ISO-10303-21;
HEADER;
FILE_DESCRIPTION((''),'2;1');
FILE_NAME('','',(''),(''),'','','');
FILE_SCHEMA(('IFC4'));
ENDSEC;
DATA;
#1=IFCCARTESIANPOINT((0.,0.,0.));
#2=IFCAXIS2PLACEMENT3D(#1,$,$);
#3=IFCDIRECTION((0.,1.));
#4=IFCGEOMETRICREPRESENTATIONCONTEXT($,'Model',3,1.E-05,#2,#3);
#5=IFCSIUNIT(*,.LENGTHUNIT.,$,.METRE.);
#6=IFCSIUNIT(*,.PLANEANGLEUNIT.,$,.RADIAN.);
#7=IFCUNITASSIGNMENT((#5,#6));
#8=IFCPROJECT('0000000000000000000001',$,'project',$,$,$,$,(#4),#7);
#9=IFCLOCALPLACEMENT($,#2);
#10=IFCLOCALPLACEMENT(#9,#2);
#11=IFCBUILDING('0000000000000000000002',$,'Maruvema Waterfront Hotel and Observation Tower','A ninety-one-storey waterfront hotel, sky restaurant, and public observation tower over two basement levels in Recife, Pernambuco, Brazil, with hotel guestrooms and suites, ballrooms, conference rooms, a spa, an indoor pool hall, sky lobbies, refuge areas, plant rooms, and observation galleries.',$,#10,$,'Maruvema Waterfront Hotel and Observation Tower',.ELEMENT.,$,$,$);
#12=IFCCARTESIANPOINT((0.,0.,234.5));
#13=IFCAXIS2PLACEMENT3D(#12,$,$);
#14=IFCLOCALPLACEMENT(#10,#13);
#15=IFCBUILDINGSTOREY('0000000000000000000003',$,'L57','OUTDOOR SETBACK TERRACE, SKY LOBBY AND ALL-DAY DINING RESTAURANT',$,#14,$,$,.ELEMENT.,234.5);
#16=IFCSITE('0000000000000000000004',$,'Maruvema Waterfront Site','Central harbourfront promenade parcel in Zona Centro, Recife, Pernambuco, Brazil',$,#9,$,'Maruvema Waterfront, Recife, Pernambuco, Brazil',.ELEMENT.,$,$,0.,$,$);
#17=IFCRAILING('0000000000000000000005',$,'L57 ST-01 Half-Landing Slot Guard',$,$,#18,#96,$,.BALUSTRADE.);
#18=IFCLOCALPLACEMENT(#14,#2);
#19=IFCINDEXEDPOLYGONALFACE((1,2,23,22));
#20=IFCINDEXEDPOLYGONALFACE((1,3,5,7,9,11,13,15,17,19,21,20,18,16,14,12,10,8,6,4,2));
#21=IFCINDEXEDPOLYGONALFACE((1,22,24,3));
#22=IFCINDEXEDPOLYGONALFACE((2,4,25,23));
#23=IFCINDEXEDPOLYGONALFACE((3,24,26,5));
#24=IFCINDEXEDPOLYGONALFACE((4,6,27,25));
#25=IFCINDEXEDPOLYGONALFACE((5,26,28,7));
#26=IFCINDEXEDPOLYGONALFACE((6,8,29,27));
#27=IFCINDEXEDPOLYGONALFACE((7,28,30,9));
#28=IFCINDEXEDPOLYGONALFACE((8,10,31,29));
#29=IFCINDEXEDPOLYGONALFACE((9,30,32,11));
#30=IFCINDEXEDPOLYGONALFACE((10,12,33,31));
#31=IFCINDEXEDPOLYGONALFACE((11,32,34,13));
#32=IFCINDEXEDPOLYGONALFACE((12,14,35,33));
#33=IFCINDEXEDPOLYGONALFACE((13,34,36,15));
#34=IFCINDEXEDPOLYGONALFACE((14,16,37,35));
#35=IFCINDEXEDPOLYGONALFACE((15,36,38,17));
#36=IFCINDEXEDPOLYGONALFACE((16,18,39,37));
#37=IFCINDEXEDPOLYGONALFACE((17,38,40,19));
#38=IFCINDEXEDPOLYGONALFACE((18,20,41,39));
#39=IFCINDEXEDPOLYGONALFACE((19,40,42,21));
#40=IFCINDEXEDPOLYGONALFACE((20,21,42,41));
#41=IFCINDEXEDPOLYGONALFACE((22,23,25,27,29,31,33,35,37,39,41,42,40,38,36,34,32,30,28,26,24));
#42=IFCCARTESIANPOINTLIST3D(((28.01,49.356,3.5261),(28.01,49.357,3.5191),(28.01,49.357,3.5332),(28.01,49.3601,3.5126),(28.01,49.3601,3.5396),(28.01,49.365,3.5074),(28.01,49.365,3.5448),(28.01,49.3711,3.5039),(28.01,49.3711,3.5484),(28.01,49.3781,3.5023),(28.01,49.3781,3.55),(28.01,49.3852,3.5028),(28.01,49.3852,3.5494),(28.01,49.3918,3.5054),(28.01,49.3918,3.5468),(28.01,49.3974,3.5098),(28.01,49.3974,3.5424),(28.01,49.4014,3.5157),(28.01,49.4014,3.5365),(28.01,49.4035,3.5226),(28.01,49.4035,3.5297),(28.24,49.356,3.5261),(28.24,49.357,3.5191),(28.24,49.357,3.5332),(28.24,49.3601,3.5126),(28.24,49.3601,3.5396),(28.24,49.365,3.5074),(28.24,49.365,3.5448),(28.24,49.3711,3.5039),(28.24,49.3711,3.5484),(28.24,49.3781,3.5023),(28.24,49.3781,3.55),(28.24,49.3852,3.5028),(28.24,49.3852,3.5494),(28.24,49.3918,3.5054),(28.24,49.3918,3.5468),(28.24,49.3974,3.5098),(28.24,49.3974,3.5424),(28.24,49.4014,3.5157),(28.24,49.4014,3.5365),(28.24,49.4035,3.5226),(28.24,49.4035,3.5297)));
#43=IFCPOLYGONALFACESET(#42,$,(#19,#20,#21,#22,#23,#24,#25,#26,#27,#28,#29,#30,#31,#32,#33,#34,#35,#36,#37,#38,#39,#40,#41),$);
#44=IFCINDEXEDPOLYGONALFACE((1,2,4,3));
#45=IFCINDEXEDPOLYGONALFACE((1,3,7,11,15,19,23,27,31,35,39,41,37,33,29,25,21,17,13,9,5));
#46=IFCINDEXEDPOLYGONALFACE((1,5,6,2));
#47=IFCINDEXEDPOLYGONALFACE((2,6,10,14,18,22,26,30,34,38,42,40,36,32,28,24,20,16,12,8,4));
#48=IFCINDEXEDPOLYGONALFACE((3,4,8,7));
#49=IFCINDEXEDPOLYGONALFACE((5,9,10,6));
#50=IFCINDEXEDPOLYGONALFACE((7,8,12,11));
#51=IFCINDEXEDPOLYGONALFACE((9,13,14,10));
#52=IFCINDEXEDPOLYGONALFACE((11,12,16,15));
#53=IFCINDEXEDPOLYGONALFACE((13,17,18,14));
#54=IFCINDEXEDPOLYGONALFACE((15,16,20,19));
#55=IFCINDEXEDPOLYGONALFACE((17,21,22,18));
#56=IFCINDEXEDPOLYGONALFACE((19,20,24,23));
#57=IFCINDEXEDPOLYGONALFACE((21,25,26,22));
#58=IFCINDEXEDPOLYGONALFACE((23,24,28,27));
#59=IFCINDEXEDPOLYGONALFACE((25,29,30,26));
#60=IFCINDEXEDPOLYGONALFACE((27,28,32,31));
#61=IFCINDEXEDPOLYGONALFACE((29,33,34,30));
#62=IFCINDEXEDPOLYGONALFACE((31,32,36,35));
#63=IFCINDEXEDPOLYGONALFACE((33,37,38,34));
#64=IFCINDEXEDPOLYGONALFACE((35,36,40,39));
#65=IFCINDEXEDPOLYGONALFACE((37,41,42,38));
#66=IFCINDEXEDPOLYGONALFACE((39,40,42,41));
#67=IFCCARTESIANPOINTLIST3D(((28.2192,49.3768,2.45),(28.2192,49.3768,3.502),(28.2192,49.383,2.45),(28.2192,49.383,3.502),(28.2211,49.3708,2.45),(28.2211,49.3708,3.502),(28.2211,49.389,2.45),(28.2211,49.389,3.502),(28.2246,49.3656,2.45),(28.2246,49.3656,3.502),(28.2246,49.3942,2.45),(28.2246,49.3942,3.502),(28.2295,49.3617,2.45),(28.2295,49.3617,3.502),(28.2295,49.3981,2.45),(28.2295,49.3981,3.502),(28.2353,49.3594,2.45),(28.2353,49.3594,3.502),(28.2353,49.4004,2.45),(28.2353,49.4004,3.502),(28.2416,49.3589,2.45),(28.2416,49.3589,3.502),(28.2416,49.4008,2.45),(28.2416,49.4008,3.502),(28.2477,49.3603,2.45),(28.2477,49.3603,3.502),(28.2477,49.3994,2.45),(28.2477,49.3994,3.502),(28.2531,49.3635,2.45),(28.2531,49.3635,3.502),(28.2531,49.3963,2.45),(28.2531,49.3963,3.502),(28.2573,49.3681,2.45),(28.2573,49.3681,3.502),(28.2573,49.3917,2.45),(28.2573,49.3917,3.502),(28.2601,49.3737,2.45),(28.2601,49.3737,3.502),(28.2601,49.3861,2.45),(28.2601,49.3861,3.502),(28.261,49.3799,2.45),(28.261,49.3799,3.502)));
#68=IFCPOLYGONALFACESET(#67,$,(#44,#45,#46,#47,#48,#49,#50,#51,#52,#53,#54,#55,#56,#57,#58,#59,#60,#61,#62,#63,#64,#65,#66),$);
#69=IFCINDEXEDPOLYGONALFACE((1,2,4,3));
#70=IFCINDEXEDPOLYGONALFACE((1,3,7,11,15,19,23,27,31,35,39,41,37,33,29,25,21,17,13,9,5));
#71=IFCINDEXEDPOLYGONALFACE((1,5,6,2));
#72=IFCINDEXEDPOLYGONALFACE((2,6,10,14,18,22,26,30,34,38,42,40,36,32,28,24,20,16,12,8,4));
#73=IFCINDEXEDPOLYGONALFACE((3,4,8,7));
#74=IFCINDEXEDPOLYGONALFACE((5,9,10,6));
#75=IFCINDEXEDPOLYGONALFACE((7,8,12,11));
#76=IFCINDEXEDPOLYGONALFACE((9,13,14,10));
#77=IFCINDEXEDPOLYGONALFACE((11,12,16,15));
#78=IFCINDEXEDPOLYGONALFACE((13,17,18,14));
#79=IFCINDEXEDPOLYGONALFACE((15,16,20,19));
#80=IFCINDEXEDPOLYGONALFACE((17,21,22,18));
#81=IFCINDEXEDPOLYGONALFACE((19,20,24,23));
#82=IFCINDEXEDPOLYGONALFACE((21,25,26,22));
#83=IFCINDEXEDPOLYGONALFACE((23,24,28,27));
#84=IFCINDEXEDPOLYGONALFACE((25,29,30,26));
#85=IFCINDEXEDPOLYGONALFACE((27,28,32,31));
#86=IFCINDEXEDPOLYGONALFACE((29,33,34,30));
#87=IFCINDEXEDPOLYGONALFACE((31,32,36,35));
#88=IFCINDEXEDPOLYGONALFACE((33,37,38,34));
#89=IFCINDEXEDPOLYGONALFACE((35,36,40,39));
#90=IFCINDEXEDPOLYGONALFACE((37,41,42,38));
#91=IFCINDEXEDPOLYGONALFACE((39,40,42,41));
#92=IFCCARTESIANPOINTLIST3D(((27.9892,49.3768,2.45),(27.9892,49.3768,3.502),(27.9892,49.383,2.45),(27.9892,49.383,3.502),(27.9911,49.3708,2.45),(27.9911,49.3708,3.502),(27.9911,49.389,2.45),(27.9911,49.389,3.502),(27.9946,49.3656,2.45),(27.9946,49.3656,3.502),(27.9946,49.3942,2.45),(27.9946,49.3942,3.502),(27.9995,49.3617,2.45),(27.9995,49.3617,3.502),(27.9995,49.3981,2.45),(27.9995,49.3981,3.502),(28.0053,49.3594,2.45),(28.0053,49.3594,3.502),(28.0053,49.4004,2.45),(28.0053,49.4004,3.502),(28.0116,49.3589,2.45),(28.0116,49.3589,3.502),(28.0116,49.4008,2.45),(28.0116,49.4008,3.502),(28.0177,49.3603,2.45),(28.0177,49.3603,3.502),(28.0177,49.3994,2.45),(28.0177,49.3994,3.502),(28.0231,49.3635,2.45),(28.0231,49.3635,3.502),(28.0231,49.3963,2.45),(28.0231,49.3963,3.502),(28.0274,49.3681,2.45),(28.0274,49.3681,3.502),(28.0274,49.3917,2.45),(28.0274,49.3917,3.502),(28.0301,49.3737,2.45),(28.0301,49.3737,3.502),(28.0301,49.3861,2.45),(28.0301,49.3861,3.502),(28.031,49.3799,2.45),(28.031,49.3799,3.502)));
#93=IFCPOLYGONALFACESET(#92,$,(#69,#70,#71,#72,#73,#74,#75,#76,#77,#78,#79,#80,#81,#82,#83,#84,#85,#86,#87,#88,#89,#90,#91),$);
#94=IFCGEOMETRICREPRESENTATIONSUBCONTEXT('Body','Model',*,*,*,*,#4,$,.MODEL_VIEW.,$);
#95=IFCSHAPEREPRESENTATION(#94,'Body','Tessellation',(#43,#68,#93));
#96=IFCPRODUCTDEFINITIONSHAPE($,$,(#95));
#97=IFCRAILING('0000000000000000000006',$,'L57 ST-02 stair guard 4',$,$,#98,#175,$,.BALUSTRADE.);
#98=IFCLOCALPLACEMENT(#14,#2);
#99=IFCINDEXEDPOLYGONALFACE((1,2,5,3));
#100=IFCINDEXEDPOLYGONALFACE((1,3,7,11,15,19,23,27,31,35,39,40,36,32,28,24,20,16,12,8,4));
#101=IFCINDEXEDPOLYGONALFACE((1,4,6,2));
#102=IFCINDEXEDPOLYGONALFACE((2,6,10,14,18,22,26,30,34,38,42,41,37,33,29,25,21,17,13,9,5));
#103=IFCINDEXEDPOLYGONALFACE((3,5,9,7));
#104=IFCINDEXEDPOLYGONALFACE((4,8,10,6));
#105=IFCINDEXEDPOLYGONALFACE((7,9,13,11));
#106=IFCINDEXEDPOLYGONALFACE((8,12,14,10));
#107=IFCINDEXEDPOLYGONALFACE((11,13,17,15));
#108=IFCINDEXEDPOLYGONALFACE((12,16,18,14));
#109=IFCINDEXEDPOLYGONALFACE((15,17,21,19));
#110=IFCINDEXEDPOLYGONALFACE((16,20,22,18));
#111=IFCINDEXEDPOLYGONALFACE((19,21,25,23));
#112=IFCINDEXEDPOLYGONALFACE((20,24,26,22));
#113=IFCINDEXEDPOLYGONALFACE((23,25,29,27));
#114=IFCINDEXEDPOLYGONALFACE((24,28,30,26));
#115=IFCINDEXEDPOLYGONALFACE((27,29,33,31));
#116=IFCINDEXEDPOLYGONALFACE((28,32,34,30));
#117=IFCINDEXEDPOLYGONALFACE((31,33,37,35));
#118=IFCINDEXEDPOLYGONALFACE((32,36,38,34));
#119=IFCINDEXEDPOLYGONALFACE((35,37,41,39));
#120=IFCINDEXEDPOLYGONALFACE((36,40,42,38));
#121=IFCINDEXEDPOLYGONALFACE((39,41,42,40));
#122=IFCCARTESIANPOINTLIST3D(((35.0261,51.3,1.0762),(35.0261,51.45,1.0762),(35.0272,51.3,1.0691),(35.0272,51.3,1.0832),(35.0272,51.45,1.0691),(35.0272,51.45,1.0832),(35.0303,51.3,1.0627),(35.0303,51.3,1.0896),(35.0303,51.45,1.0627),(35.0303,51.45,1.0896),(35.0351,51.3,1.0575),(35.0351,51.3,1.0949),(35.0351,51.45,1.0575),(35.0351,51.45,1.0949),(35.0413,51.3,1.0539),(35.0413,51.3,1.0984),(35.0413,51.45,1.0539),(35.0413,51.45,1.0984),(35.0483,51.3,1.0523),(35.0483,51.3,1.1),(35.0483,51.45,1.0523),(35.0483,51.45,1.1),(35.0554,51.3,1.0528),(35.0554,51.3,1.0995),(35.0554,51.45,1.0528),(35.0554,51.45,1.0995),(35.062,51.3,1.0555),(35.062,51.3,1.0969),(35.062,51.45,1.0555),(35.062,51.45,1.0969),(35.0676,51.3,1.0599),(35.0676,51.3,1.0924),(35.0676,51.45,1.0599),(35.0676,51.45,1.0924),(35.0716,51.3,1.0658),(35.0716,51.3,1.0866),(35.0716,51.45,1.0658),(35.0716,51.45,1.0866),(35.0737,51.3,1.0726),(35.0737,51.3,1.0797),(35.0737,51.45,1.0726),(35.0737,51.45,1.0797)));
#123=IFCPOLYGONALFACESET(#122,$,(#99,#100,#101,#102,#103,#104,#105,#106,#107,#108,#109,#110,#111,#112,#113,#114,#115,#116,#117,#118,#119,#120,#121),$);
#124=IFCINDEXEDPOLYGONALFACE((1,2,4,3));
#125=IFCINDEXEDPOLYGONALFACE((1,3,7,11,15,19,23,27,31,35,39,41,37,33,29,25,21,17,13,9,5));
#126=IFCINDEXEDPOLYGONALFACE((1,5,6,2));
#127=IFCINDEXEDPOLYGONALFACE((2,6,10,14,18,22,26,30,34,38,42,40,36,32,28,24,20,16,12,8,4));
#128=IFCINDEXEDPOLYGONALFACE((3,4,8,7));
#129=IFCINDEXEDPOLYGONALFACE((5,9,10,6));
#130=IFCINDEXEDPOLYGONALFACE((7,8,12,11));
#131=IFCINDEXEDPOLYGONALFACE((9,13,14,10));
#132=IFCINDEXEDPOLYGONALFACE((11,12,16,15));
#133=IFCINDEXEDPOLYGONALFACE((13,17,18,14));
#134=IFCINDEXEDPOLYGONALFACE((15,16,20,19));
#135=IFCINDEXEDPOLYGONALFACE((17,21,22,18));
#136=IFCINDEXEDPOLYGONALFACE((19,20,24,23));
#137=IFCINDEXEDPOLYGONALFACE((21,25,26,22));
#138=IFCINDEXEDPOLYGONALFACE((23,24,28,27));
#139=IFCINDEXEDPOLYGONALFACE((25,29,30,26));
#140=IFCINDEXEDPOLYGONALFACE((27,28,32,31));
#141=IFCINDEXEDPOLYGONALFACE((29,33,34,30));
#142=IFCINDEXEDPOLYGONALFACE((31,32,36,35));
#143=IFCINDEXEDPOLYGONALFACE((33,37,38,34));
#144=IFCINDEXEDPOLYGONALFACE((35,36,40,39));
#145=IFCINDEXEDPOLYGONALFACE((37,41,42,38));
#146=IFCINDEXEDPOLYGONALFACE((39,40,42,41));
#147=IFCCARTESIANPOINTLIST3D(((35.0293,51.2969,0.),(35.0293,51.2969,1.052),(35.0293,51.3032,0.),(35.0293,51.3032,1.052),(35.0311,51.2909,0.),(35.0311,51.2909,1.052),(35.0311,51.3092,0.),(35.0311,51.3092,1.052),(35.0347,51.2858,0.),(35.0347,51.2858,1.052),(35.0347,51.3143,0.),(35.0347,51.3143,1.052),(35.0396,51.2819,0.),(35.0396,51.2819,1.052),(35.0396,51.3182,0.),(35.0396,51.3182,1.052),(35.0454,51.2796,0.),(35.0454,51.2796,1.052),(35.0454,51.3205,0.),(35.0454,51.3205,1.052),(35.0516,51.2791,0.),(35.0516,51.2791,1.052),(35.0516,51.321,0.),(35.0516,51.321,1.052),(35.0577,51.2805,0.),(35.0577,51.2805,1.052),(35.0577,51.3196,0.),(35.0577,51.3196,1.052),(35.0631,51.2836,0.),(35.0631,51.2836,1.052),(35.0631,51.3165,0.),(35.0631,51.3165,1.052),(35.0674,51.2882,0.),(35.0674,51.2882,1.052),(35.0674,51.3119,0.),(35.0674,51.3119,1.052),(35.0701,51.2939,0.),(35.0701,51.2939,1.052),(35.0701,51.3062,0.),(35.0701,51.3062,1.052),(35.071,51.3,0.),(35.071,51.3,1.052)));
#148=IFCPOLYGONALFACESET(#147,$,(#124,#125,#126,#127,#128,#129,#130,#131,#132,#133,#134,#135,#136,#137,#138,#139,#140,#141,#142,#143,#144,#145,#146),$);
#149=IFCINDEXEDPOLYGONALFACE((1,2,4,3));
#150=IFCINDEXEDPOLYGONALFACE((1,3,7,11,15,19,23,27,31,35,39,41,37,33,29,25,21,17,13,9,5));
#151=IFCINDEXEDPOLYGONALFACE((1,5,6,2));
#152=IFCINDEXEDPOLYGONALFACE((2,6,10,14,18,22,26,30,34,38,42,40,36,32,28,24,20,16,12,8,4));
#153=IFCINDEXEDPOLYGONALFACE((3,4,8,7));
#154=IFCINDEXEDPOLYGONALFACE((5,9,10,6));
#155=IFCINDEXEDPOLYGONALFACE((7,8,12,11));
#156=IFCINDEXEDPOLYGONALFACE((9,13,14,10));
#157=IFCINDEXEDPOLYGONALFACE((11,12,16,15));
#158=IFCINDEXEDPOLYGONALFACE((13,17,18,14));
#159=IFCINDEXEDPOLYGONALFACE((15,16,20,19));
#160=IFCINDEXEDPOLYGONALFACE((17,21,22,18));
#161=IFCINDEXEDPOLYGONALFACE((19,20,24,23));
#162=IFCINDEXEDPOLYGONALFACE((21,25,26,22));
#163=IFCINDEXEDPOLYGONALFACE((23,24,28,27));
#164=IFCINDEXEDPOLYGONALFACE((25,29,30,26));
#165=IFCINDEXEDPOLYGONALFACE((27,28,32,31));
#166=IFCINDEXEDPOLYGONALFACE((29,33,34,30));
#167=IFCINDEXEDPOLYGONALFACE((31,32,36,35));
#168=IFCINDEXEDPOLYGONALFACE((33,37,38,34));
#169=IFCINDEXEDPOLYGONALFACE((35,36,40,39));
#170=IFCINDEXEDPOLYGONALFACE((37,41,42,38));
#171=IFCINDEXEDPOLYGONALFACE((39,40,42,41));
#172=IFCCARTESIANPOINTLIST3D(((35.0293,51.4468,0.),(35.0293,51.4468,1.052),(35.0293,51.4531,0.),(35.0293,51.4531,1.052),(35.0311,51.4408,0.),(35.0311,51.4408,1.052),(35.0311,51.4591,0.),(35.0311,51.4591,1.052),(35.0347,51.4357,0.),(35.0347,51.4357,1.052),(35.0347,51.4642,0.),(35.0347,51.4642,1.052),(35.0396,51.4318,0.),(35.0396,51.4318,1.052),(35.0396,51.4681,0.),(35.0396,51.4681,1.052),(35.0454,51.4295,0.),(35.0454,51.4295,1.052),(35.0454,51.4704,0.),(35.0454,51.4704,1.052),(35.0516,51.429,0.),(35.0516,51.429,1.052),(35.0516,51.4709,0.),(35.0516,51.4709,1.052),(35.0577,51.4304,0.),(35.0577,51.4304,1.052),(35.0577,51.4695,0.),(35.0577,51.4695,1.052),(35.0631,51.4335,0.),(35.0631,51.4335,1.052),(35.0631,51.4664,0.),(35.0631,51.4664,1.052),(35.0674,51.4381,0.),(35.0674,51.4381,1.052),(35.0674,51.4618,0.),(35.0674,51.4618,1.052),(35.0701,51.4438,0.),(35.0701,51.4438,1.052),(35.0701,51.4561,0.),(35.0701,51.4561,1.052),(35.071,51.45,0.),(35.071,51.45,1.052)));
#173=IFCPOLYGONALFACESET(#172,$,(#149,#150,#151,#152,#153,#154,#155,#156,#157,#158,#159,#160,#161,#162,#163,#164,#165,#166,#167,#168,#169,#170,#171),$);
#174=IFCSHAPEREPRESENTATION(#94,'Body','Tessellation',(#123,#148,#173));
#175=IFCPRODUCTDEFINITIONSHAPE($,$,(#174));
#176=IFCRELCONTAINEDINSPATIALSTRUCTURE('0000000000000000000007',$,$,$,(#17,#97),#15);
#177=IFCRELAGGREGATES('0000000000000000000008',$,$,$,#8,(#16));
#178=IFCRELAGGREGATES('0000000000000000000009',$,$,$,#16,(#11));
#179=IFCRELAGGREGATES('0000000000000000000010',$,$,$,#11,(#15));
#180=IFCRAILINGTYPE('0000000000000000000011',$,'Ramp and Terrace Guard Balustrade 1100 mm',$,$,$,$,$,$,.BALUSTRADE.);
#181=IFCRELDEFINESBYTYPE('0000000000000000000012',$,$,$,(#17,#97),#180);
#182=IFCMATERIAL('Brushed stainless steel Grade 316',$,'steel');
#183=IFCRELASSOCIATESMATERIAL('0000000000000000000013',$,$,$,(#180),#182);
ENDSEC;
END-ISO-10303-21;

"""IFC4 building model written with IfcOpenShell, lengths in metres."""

from ifc_helpers import new_model, si_unit, direction, frame, origin, origin_2d, place, context, subcontext, project, spatial, circle, extrude, material, type_object, element, save


model = new_model("IFC4")

# Units and contexts
model_context = context("Model", 3, precision=1e-05, world=origin(), true_north=direction((0.0, 1.0)))
body_context = subcontext(model_context, "Body", "Model", "MODEL_VIEW")
ifc_project = project(units=[si_unit("LENGTHUNIT", "METRE"), si_unit("PLANEANGLEUNIT", "RADIAN")], contexts=[model_context])

# Site, building, storey
site_placement = place(None, origin())
site = spatial("IfcSite", under=ifc_project, at=site_placement, Name="Maruvema Waterfront Site", Description="Central harbourfront promenade parcel in Zona Centro, Recife, Pernambuco, Brazil", LongName="Maruvema Waterfront, Recife, Pernambuco, Brazil", CompositionType="ELEMENT", RefElevation=0.0)
building_placement = place(site_placement, origin())
building = spatial("IfcBuilding", under=site, at=building_placement, Name="Maruvema Waterfront Hotel and Observation Tower", Description="A ninety-one-storey waterfront hotel, sky restaurant, and public observation tower over two basement levels in Recife, Pernambuco, Brazil, with hotel guestrooms and suites, ballrooms, conference rooms, a spa, an indoor pool hall, sky lobbies, refuge areas, plant rooms, and observation galleries.", LongName="Maruvema Waterfront Hotel and Observation Tower", CompositionType="ELEMENT")
storey_placement = place(building_placement, frame((0.0, 0.0, 234.5)))
storey = spatial("IfcBuildingStorey", under=building, at=storey_placement, Name="L57", Description="OUTDOOR SETBACK TERRACE, SKY LOBBY AND ALL-DAY DINING RESTAURANT", CompositionType="ELEMENT", Elevation=234.5)

# Railings
ifc_material_1 = material(Name="Brushed stainless steel Grade 316", Category="steel")
railing_type_1 = type_object("IfcRailingType", Name="Ramp and Terrace Guard Balustrade 1100 mm", PredefinedType="BALUSTRADE", material=ifc_material_1)
railing_1_placement = place(storey_placement, frame((28.24, 49.3799, 2.45)))
element("IfcRailing", 1, at=railing_1_placement, inside=storey, type_object=railing_type_1, Name="L57 ST-01 Half-Landing Slot Guard", PredefinedType="BALUSTRADE", context=body_context, shape_type="SweptSolid", body=[
    extrude(circle(Radius=0.0239, at=origin_2d()), frame((0.0, 0.0, 1.0762), z_axis=(-1.0, 0.0, 0.0), x_axis=(0.0, -1.0, 0.0)), (0.0, 0.0, 1.0), 0.23),
    extrude(circle(Radius=0.021, at=origin_2d()), origin(), (0.0, 0.0, 1.0), 1.052),
    extrude(circle(Radius=0.021, at=origin_2d()), frame((-0.23, 0.0, 0.0)), (0.0, 0.0, 1.0), 1.052),
])
railing_2_placement = place(storey_placement, frame((35.05, 51.3, 0.0)))
element("IfcRailing", 2, at=railing_2_placement, inside=storey, type_object=railing_type_1, Name="L57 ST-02 stair guard 4", PredefinedType="BALUSTRADE", context=body_context, shape_type="SweptSolid", body=[
    extrude(circle(Radius=0.0239, at=origin_2d()), frame((0.0, 0.0, 1.0762), z_axis=(0.0, 1.0, 0.0), x_axis=(-1.0, 0.0, 0.0)), (0.0, 0.0, 1.0), 0.1499),
    extrude(circle(Radius=0.021, at=origin_2d()), origin(), (0.0, 0.0, 1.0), 1.052),
    extrude(circle(Radius=0.021, at=origin_2d()), frame((0.0, 0.1499, 0.0)), (0.0, 0.0, 1.0), 1.052),
])

save(model, "model.ifc")
